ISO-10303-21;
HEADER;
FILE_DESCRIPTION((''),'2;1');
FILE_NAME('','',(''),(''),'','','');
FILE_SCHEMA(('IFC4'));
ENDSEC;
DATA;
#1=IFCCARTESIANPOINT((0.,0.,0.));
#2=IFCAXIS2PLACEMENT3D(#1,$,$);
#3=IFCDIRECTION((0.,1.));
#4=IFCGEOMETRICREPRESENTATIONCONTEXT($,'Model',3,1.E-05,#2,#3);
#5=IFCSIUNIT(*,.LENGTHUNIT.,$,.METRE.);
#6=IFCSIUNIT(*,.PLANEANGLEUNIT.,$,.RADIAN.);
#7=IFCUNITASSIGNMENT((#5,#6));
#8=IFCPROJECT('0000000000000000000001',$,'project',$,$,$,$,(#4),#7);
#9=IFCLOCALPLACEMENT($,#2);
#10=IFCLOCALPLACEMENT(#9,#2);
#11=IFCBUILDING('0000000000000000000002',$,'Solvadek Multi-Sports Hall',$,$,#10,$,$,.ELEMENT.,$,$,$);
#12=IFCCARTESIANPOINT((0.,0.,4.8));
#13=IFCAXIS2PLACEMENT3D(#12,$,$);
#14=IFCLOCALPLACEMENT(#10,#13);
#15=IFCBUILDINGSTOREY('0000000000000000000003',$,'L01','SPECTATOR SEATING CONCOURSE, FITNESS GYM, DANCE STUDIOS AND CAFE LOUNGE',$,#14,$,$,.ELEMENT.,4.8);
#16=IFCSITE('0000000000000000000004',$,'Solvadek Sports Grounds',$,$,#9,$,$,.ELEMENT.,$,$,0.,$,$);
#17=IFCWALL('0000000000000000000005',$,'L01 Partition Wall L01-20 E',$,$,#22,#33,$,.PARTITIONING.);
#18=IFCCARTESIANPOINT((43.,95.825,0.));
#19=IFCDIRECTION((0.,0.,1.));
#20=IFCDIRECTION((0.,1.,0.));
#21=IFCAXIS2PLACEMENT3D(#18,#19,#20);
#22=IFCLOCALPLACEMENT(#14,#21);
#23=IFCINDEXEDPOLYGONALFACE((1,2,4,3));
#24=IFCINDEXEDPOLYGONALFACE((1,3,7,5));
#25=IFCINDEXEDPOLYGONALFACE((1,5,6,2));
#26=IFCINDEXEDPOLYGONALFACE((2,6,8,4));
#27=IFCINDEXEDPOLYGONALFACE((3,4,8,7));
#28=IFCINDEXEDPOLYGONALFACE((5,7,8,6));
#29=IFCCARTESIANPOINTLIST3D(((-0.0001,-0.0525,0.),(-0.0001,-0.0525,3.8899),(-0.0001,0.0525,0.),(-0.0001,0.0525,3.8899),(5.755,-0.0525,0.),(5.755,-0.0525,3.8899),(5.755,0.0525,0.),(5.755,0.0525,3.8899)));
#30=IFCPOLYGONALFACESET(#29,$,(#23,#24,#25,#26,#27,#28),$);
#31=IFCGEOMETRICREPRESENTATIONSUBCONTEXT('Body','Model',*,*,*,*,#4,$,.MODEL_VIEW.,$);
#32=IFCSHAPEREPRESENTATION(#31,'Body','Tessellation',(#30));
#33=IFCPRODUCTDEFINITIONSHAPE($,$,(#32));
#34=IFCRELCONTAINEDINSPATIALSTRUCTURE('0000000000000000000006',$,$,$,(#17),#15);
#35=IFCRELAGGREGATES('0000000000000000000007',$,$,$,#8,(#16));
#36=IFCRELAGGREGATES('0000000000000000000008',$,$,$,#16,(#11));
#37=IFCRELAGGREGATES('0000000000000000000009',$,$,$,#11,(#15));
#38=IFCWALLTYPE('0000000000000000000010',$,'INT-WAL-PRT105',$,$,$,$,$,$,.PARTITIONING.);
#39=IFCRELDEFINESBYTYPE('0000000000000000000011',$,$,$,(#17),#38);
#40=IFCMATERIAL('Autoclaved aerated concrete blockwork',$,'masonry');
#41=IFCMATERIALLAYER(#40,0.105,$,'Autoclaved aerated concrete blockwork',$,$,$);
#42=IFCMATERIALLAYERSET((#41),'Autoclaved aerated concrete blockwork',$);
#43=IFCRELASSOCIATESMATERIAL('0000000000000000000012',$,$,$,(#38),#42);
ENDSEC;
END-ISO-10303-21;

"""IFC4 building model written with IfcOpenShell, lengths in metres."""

from ifc_helpers import new_model, si_unit, direction, frame, frame_2d, origin, place, context, subcontext, project, spatial, rectangle, extrude, material, layer, layer_set, type_object, element, save


model = new_model("IFC4")

# Units and contexts
model_context = context("Model", 3, precision=1e-05, world=origin(), true_north=direction((0.0, 1.0)))
body_context = subcontext(model_context, "Body", "Model", "MODEL_VIEW")
ifc_project = project(units=[si_unit("LENGTHUNIT", "METRE"), si_unit("PLANEANGLEUNIT", "RADIAN")], contexts=[model_context])

# Site, building, storey
site_placement = place(None, origin())
site = spatial("IfcSite", under=ifc_project, at=site_placement, Name="Solvadek Sports Grounds", CompositionType="ELEMENT", RefElevation=0.0)
building_placement = place(site_placement, origin())
building = spatial("IfcBuilding", under=site, at=building_placement, Name="Solvadek Multi-Sports Hall", CompositionType="ELEMENT")
storey_placement = place(building_placement, frame((0.0, 0.0, 4.8)))
storey = spatial("IfcBuildingStorey", under=building, at=storey_placement, Name="L01", Description="SPECTATOR SEATING CONCOURSE, FITNESS GYM, DANCE STUDIOS AND CAFE LOUNGE", CompositionType="ELEMENT", Elevation=4.8)

# Shared definitions
ifc_material_1 = material(Name="Autoclaved aerated concrete blockwork", Category="masonry")
ifc_layer_1 = layer(ifc_material_1, 0.105, Name="Autoclaved aerated concrete blockwork")
ifc_layer_set_1 = layer_set([ifc_layer_1], Name="Autoclaved aerated concrete blockwork")
wall_type_1 = type_object("IfcWallType", Name="INT-WAL-PRT105", PredefinedType="PARTITIONING", material=ifc_layer_set_1)

# Wall
wall_1_placement = place(storey_placement, frame((43.0, 95.825, 0.0), z_axis=(0.0, 0.0, 1.0), x_axis=(0.0, 1.0, 0.0)))
element("IfcWall", 1, at=wall_1_placement, inside=storey, type_object=wall_type_1, Name="L01 Partition Wall L01-20 E", PredefinedType="PARTITIONING", context=body_context, shape_type="SweptSolid", body=[
    extrude(rectangle(XDim=5.7551, YDim=0.105, at=frame_2d((2.8774, 0.0))), origin(), (0.0, 0.0, 1.0), 3.8899),
])

save(model, "model.ifc")
